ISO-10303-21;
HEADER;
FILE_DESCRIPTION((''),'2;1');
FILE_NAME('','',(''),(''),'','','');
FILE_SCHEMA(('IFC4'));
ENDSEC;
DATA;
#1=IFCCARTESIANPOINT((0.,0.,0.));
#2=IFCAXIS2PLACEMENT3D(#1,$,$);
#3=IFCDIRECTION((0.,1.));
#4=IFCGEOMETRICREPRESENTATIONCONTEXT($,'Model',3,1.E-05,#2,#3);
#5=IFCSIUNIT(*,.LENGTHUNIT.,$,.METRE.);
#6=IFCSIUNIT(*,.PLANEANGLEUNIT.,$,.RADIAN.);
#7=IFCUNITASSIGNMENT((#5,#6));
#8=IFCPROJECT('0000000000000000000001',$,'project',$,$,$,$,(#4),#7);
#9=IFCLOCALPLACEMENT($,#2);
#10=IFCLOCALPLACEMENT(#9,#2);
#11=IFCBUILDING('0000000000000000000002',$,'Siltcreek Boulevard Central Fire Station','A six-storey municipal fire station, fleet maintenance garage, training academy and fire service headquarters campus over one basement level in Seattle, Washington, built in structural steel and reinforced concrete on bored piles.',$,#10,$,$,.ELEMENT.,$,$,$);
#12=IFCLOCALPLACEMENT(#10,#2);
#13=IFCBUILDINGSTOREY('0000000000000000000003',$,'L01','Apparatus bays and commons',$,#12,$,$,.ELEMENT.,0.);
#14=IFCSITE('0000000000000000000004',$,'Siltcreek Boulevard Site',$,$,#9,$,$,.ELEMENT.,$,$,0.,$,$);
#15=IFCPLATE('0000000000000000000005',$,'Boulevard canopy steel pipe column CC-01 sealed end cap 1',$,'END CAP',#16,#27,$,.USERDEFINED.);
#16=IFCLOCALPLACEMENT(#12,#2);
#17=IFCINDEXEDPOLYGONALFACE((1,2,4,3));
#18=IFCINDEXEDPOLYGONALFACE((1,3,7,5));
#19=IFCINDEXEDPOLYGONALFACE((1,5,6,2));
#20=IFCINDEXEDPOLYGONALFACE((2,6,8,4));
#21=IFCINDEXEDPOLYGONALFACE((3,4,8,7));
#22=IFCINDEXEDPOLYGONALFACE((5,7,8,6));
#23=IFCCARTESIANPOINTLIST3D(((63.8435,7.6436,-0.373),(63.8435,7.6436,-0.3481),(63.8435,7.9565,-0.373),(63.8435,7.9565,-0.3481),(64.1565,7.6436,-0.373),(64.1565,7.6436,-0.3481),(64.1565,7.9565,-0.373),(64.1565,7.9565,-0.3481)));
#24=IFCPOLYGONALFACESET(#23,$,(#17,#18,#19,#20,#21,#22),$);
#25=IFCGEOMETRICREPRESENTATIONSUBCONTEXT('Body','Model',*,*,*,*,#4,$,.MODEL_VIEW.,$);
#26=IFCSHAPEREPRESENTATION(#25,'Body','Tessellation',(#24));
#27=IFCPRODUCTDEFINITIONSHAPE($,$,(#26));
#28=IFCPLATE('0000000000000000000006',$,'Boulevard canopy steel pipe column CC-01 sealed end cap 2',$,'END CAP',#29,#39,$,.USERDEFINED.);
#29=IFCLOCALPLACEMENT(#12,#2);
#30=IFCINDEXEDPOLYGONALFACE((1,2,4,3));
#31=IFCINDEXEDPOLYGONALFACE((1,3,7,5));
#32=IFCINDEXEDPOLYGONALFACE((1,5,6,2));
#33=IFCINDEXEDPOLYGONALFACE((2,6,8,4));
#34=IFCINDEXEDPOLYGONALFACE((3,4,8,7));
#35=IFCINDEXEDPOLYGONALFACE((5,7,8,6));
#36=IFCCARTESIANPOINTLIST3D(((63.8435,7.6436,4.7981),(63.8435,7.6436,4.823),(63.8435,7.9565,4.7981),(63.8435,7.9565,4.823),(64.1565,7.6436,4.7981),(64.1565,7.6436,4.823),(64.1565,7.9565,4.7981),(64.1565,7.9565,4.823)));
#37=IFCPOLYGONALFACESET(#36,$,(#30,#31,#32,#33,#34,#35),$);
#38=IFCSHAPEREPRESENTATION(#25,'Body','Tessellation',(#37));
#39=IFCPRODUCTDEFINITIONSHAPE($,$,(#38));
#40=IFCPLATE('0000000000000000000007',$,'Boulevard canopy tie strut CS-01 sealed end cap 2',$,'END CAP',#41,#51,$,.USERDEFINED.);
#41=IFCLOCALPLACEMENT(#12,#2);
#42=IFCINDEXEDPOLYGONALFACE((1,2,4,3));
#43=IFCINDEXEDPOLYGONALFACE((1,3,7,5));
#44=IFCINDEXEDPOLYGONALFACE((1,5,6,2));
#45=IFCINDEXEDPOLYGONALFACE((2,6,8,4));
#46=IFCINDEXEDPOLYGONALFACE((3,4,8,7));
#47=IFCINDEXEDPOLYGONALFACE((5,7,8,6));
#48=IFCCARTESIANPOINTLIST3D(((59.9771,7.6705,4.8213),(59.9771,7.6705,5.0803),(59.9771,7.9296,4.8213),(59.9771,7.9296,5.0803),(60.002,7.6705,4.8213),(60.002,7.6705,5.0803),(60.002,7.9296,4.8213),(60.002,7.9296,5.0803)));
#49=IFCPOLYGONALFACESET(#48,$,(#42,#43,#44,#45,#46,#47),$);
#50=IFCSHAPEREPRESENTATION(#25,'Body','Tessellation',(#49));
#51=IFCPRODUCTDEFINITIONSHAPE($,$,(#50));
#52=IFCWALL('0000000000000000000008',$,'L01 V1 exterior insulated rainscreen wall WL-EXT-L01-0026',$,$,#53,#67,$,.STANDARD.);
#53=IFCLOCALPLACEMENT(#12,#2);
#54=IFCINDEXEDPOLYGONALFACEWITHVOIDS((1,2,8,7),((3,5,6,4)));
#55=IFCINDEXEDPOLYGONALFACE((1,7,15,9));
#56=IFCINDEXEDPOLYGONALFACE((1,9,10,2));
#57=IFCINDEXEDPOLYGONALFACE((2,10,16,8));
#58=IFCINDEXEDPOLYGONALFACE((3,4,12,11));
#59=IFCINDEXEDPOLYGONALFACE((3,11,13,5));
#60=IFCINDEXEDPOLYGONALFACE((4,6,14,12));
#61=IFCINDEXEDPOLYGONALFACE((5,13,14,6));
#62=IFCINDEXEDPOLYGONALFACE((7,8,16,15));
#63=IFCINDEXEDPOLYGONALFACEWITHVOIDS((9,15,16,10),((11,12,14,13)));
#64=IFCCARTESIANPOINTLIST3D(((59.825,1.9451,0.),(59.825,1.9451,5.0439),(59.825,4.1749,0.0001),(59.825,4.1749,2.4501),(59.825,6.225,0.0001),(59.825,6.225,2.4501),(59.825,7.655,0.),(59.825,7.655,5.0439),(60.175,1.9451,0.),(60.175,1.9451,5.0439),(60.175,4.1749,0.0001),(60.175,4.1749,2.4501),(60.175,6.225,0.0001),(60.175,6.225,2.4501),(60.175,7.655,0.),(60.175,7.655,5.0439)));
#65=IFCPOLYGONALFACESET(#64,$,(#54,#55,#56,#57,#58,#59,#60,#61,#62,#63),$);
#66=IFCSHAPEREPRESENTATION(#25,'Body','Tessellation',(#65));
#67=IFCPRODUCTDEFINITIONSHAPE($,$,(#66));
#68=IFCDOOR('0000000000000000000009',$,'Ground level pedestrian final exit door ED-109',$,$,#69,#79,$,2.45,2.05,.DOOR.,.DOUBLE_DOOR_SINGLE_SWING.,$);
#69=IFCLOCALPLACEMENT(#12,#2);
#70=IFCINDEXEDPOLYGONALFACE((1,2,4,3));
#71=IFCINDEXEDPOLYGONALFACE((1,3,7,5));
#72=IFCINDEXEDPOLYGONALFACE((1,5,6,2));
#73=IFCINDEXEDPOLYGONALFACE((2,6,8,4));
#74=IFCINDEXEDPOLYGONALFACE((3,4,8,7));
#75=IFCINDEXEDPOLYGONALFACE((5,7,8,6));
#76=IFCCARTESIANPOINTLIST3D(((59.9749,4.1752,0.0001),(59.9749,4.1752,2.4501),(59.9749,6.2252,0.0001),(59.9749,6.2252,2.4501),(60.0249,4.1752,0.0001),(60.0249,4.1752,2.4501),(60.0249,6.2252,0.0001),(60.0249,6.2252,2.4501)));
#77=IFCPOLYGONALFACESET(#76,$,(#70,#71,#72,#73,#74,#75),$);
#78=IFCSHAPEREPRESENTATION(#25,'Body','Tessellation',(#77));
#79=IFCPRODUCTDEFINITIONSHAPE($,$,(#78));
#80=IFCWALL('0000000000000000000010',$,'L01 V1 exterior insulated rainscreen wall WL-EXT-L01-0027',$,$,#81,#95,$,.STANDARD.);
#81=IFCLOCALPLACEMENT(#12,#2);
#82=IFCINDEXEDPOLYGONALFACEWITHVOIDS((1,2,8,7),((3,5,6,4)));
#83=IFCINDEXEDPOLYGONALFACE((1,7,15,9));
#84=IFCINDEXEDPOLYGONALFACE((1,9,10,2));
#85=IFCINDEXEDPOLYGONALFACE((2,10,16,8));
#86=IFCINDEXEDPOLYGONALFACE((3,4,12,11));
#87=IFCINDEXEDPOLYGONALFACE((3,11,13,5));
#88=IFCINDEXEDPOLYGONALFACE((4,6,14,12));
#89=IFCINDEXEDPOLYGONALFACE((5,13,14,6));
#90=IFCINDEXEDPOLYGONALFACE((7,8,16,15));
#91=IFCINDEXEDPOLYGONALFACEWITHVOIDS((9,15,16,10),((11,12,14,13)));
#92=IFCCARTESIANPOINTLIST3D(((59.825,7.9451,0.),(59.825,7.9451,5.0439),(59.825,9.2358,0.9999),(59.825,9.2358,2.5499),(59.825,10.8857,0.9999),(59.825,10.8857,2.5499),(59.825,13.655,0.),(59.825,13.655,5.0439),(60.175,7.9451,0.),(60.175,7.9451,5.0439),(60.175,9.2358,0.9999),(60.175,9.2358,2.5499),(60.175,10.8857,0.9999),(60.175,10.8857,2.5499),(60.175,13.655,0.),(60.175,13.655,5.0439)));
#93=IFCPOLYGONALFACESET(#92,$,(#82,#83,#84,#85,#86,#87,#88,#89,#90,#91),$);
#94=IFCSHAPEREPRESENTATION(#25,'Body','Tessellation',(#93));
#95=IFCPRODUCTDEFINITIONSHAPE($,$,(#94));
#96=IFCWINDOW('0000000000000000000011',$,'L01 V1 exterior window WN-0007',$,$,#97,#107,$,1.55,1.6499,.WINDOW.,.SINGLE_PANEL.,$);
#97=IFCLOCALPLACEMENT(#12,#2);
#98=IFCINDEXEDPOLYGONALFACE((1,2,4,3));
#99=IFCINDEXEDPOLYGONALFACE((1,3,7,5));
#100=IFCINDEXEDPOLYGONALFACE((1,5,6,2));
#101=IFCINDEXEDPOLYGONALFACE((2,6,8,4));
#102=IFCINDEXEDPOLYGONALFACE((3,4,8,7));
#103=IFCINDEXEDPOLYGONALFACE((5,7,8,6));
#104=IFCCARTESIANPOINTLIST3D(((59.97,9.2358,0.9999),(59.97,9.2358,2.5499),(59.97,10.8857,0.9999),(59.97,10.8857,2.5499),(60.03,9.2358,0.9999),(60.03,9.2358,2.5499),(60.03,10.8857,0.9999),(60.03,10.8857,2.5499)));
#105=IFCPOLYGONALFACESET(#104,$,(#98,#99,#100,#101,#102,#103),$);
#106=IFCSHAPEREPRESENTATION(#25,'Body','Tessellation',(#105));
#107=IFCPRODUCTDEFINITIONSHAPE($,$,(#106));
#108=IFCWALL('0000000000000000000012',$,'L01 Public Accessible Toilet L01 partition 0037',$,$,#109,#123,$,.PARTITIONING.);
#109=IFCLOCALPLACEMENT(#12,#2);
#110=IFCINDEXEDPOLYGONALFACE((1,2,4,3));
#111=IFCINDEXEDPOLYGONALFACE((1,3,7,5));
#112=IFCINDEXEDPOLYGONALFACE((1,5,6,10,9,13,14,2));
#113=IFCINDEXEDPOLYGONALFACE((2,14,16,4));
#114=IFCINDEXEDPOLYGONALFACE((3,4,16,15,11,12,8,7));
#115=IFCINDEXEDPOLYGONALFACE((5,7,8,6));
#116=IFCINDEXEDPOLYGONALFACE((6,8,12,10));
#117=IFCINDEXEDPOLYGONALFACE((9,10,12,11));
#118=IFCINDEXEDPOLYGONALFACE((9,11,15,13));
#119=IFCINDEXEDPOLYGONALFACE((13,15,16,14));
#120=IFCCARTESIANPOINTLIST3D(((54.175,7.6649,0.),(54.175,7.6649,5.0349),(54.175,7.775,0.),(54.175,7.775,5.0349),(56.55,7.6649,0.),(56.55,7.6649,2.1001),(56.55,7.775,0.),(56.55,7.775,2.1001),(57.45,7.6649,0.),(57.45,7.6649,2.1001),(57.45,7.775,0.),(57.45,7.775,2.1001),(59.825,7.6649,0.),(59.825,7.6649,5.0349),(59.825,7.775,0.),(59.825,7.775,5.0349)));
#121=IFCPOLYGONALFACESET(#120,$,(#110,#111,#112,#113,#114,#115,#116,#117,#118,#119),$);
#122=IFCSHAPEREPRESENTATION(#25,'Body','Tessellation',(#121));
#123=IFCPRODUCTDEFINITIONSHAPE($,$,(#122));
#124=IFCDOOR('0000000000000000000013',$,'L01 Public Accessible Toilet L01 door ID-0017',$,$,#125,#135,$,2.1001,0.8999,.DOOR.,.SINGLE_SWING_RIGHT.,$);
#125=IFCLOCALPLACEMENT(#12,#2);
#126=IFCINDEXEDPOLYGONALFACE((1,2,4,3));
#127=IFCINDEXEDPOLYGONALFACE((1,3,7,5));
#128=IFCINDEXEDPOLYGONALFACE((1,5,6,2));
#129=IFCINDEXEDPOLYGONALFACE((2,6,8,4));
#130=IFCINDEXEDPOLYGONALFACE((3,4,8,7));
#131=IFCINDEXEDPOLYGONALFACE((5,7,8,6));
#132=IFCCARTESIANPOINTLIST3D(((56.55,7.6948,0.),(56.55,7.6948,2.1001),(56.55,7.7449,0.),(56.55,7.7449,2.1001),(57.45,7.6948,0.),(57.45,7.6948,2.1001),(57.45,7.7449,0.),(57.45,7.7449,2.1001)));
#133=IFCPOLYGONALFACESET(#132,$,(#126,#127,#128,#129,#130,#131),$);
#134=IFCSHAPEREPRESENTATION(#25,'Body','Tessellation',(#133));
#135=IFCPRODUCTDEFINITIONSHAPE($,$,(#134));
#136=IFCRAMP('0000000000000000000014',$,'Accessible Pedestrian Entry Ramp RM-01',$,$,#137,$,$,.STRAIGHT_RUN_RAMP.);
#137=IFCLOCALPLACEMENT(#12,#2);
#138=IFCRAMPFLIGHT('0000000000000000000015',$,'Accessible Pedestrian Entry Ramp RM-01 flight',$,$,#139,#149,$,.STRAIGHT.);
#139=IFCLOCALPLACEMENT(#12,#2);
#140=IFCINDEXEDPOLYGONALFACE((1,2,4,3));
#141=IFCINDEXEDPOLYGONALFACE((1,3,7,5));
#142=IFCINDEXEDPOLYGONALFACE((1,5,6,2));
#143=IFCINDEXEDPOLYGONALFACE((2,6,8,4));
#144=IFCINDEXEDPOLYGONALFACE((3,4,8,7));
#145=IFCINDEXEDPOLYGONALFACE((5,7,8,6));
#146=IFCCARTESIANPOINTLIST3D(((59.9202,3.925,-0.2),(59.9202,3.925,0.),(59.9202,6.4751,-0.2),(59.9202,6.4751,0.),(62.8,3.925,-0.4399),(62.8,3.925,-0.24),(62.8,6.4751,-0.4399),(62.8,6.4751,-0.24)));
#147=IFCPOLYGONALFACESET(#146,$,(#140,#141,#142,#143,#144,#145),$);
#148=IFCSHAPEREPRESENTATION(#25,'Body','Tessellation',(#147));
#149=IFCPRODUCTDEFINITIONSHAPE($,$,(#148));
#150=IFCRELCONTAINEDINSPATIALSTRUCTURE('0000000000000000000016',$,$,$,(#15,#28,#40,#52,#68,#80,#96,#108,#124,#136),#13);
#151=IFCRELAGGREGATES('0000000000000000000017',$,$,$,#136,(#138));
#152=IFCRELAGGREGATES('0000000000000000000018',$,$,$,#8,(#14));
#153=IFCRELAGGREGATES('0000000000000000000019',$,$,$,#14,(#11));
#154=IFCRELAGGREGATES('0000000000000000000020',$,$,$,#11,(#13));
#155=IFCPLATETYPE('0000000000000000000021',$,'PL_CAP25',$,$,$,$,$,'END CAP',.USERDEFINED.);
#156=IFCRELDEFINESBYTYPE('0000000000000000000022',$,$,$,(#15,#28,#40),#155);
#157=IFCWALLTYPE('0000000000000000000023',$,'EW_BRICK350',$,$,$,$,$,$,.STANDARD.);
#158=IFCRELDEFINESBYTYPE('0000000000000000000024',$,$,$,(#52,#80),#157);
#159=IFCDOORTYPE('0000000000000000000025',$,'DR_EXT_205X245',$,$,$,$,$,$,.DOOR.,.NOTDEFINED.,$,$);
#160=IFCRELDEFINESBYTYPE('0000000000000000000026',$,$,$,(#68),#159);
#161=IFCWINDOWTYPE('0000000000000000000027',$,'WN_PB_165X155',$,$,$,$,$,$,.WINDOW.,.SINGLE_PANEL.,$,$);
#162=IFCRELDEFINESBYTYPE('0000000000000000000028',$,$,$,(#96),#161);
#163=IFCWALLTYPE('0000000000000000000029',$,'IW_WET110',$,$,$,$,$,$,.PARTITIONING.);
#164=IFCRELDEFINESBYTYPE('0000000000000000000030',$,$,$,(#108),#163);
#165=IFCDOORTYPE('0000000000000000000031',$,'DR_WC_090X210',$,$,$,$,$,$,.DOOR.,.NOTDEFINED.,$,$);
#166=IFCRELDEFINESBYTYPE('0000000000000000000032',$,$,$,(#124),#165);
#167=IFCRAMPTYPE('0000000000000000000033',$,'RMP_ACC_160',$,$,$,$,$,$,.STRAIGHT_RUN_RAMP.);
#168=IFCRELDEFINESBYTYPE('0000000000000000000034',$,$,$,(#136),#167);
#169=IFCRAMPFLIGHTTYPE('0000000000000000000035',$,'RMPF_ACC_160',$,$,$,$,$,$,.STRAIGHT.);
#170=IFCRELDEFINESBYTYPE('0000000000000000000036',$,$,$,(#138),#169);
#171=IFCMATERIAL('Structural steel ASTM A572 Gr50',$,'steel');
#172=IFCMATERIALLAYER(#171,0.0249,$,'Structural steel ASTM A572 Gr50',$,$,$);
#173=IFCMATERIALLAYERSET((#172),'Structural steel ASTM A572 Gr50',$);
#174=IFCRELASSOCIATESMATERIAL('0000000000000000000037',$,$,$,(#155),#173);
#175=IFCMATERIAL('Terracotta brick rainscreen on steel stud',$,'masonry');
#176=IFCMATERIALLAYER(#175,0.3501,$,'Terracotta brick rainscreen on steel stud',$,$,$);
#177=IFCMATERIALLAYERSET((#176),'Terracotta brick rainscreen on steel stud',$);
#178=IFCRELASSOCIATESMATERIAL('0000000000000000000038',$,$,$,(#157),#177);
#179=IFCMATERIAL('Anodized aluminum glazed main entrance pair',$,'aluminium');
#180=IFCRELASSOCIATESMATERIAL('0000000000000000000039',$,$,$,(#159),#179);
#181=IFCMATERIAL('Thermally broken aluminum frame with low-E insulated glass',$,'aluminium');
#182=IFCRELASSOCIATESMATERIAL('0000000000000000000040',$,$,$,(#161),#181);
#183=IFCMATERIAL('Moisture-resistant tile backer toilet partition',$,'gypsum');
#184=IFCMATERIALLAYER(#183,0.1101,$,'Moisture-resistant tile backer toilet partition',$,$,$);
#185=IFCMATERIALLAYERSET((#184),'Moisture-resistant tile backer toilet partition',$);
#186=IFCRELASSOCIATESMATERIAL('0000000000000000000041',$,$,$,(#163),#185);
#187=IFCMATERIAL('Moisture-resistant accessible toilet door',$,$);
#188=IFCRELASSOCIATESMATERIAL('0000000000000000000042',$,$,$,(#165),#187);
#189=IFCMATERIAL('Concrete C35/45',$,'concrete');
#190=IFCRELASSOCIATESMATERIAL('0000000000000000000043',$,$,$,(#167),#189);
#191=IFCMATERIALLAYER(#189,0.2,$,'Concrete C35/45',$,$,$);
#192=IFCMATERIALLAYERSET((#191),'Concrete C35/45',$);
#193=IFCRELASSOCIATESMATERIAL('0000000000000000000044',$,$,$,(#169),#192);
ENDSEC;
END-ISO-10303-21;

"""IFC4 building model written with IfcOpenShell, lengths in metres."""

from ifc_helpers import new_model, si_unit, direction, frame, frame_2d, origin, origin_2d, place, context, subcontext, project, spatial, polyline, rectangle, outline, extrude, material, layer, layer_set, type_object, element, fill, aggregate, save


model = new_model("IFC4")

# Units and contexts
model_context = context("Model", 3, precision=1e-05, world=origin(), true_north=direction((0.0, 1.0)))
body_context = subcontext(model_context, "Body", "Model", "MODEL_VIEW")
ifc_project = project(units=[si_unit("LENGTHUNIT", "METRE"), si_unit("PLANEANGLEUNIT", "RADIAN")], contexts=[model_context])

# Site, building, storey
site_placement = place(None, origin())
site = spatial("IfcSite", under=ifc_project, at=site_placement, Name="Siltcreek Boulevard Site", CompositionType="ELEMENT", RefElevation=0.0)
building_placement = place(site_placement, origin())
building = spatial("IfcBuilding", under=site, at=building_placement, Name="Siltcreek Boulevard Central Fire Station", Description="A six-storey municipal fire station, fleet maintenance garage, training academy and fire service headquarters campus over one basement level in Seattle, Washington, built in structural steel and reinforced concrete on bored piles.", CompositionType="ELEMENT")
storey_placement = place(building_placement, origin())
storey = spatial("IfcBuildingStorey", under=building, at=storey_placement, Name="L01", Description="Apparatus bays and commons", CompositionType="ELEMENT", Elevation=0.0)

# Shared definitions
ifc_material_1 = material(Name="Concrete C35/45", Category="concrete")

# Plates
ifc_material_2 = material(Name="Structural steel ASTM A572 Gr50", Category="steel")
ifc_layer_1 = layer(ifc_material_2, 0.0249, Name="Structural steel ASTM A572 Gr50")
ifc_layer_set_1 = layer_set([ifc_layer_1], Name="Structural steel ASTM A572 Gr50")
plate_type = type_object("IfcPlateType", Name="PL_CAP25", ElementType="END CAP", PredefinedType="USERDEFINED", material=ifc_layer_set_1)
for number, where, z_axis, x_axis, name in (
    (1, (64.0, 7.8, -0.373), (0.0, 0.0, 1.0), (1.0, 0.0, 0.0), "Boulevard canopy steel pipe column CC-01 sealed end cap 1"),
    (2, (64.0, 7.8, 4.7981), (0.0, 0.0, 1.0), (1.0, 0.0, 0.0), "Boulevard canopy steel pipe column CC-01 sealed end cap 2"),
):
    element("IfcPlate", number, at=place(storey_placement, frame(where, z_axis=z_axis, x_axis=x_axis)), inside=storey, type_object=plate_type, Name=name, ObjectType="END CAP", PredefinedType="USERDEFINED", context=body_context, shape_type="SweptSolid", body=[
        extrude(rectangle(XDim=0.313, YDim=0.313, at=origin_2d()), origin(), (0.0, 0.0, 1.0), 0.0249),
    ])
plate_placement = place(storey_placement, frame((59.9895, 7.8, 4.8213), z_axis=(0.0, 0.0, 1.0), x_axis=(-1.0, 0.0, 0.0)))
element("IfcPlate", 3, at=plate_placement, inside=storey, type_object=plate_type, Name="Boulevard canopy tie strut CS-01 sealed end cap 2", ObjectType="END CAP", PredefinedType="USERDEFINED", context=body_context, shape_type="SweptSolid", body=[
    extrude(rectangle(XDim=0.0249, YDim=0.259, at=origin_2d()), origin(), (0.0, 0.0, 1.0), 0.259),
])

# Wall, opening, door
ifc_material_3 = material(Name="Terracotta brick rainscreen on steel stud", Category="masonry")
ifc_layer_2 = layer(ifc_material_3, 0.3501, Name="Terracotta brick rainscreen on steel stud")
ifc_layer_set_2 = layer_set([ifc_layer_2], Name="Terracotta brick rainscreen on steel stud")
wall_type_1 = type_object("IfcWallType", Name="EW_BRICK350", PredefinedType="STANDARD", material=ifc_layer_set_2)
wall_1_placement = place(storey_placement, frame((60.0, 1.9451, 0.0), z_axis=(0.0, 0.0, 1.0), x_axis=(0.0, 1.0, 0.0)))
wall_1 = element("IfcWall", 4, at=wall_1_placement, inside=storey, type_object=wall_type_1, Name="L01 V1 exterior insulated rainscreen wall WL-EXT-L01-0026", PredefinedType="STANDARD", context=body_context, shape_type="SweptSolid", body=[
    extrude(rectangle(XDim=5.71, YDim=0.3501, at=frame_2d((2.855, 0.0))), origin(), (0.0, 0.0, 1.0), 5.0439),
])
opening_1_placement = place(wall_1_placement, frame((2.23, 0.0, 0.0)))
opening_1 = element("IfcOpeningElement", 5, at=opening_1_placement, cuts=wall_1, PredefinedType="OPENING", context=body_context, shape_type="SweptSolid", body=[
    extrude(rectangle(XDim=2.05, YDim=2.45, at=frame_2d((1.0249, 1.2251))), frame((0.0, 0.1851, 0.0), z_axis=(0.0, -1.0, 0.0), x_axis=(1.0, 0.0, 0.0)), (0.0, 0.0, 1.0), 0.3701),
])
ifc_material_4 = material(Name="Anodized aluminum glazed main entrance pair", Category="aluminium")
door_type_1 = type_object("IfcDoorType", Name="DR_EXT_205X245", OperationType="NOTDEFINED", PredefinedType="DOOR", material=ifc_material_4)
door_1_placement = place(opening_1_placement, frame((2.05, 0.0, 0.0), z_axis=(0.0, 0.0, 1.0), x_axis=(-1.0, 0.0, 0.0)))
door_1 = element("IfcDoor", 6, at=door_1_placement, inside=storey, type_object=door_type_1, Name="Ground level pedestrian final exit door ED-109", OperationType="DOUBLE_DOOR_SINGLE_SWING", OverallHeight=2.45, OverallWidth=2.05, PredefinedType="DOOR", context=body_context, shape_type="SweptSolid", body=[
    extrude(rectangle(XDim=2.05, YDim=2.45, at=frame_2d((1.0249, 1.2251))), frame((0.0, 0.0249, 0.0), z_axis=(0.0, -1.0, 0.0), x_axis=(1.0, 0.0, 0.0)), (0.0, 0.0, 1.0), 0.05),
])
fill(opening_1, door_1)

# Wall, opening, window
wall_2_placement = place(storey_placement, frame((60.0, 7.9451, 0.0), z_axis=(0.0, 0.0, 1.0), x_axis=(0.0, 1.0, 0.0)))
wall_2 = element("IfcWall", 7, at=wall_2_placement, inside=storey, type_object=wall_type_1, Name="L01 V1 exterior insulated rainscreen wall WL-EXT-L01-0027", PredefinedType="STANDARD", context=body_context, shape_type="SweptSolid", body=[
    extrude(rectangle(XDim=5.71, YDim=0.3501, at=frame_2d((2.855, 0.0))), origin(), (0.0, 0.0, 1.0), 5.0439),
])
opening_2_placement = place(wall_2_placement, frame((1.2908, 0.0, 1.0)))
opening_2 = element("IfcOpeningElement", 8, at=opening_2_placement, cuts=wall_2, PredefinedType="OPENING", context=body_context, shape_type="SweptSolid", body=[
    extrude(rectangle(XDim=1.6499, YDim=1.55, at=frame_2d((0.825, 0.7749))), frame((0.0, 0.1851, 0.0), z_axis=(0.0, -1.0, 0.0), x_axis=(1.0, 0.0, 0.0)), (0.0, 0.0, 1.0), 0.3701),
])
ifc_material_5 = material(Name="Thermally broken aluminum frame with low-E insulated glass", Category="aluminium")
window_type = type_object("IfcWindowType", Name="WN_PB_165X155", PartitioningType="SINGLE_PANEL", PredefinedType="WINDOW", material=ifc_material_5)
window_placement = place(opening_2_placement, origin())
window = element("IfcWindow", 9, at=window_placement, inside=storey, type_object=window_type, Name="L01 V1 exterior window WN-0007", OverallHeight=1.55, OverallWidth=1.6499, PartitioningType="SINGLE_PANEL", PredefinedType="WINDOW", context=body_context, shape_type="SweptSolid", body=[
    extrude(rectangle(XDim=1.6499, YDim=1.55, at=frame_2d((0.825, 0.7749))), frame((0.0, 0.03, 0.0), z_axis=(0.0, -1.0, 0.0), x_axis=(1.0, 0.0, 0.0)), (0.0, 0.0, 1.0), 0.0601),
])
fill(opening_2, window)

# Wall, opening, door
ifc_material_6 = material(Name="Moisture-resistant tile backer toilet partition", Category="gypsum")
ifc_layer_3 = layer(ifc_material_6, 0.1101, Name="Moisture-resistant tile backer toilet partition")
ifc_layer_set_3 = layer_set([ifc_layer_3], Name="Moisture-resistant tile backer toilet partition")
wall_type_2 = type_object("IfcWallType", Name="IW_WET110", PredefinedType="PARTITIONING", material=ifc_layer_set_3)
wall_3_placement = place(storey_placement, frame((59.825, 7.72, 0.0), z_axis=(0.0, 0.0, 1.0), x_axis=(-1.0, 0.0, 0.0)))
wall_3 = element("IfcWall", 10, at=wall_3_placement, inside=storey, type_object=wall_type_2, Name="L01 Public Accessible Toilet L01 partition 0037", PredefinedType="PARTITIONING", context=body_context, shape_type="SweptSolid", body=[
    extrude(rectangle(XDim=5.6499, YDim=0.1101, at=frame_2d((2.825, 0.0))), origin(), (0.0, 0.0, 1.0), 5.0349),
])
opening_3_placement = place(wall_3_placement, frame((2.375, 0.0, 0.0)))
opening_3 = element("IfcOpeningElement", 11, at=opening_3_placement, cuts=wall_3, PredefinedType="OPENING", context=body_context, shape_type="SweptSolid", body=[
    extrude(rectangle(XDim=0.8999, YDim=2.1001, at=frame_2d((0.45, 1.05))), frame((0.0, 0.0649, 0.0), z_axis=(0.0, -1.0, 0.0), x_axis=(1.0, 0.0, 0.0)), (0.0, 0.0, 1.0), 0.1301),
])
ifc_material_7 = material(Name="Moisture-resistant accessible toilet door")
door_type_2 = type_object("IfcDoorType", Name="DR_WC_090X210", OperationType="NOTDEFINED", PredefinedType="DOOR", material=ifc_material_7)
door_2_placement = place(opening_3_placement, frame((0.8999, 0.0, 0.0), z_axis=(0.0, 0.0, 1.0), x_axis=(-1.0, 0.0, 0.0)))
door_2 = element("IfcDoor", 12, at=door_2_placement, inside=storey, type_object=door_type_2, Name="L01 Public Accessible Toilet L01 door ID-0017", OperationType="SINGLE_SWING_RIGHT", OverallHeight=2.1001, OverallWidth=0.8999, PredefinedType="DOOR", context=body_context, shape_type="SweptSolid", body=[
    extrude(rectangle(XDim=0.8999, YDim=2.1001, at=frame_2d((0.45, 1.05))), frame((0.0, 0.0249, 0.0), z_axis=(0.0, -1.0, 0.0), x_axis=(1.0, 0.0, 0.0)), (0.0, 0.0, 1.0), 0.05),
])
fill(opening_3, door_2)

# Ramp, ramp flight
ramp_type = type_object("IfcRampType", Name="RMP_ACC_160", PredefinedType="STRAIGHT_RUN_RAMP", material=ifc_material_1)
ramp_placement = place(storey_placement, origin())
ramp = element("IfcRamp", 13, at=ramp_placement, inside=storey, type_object=ramp_type, Name="Accessible Pedestrian Entry Ramp RM-01", PredefinedType="STRAIGHT_RUN_RAMP")
ifc_layer_4 = layer(ifc_material_1, 0.2, Name="Concrete C35/45")
ifc_layer_set_4 = layer_set([ifc_layer_4], Name="Concrete C35/45")
ramp_flight_type = type_object("IfcRampFlightType", Name="RMPF_ACC_160", PredefinedType="STRAIGHT", material=ifc_layer_set_4)
ramp_flight_placement = place(storey_placement, frame((62.8, 5.2, -0.24), z_axis=(0.0, 0.0, 1.0), x_axis=(-1.0, 0.0, 0.0)))
ramp_flight = element("IfcRampFlight", 14, at=ramp_flight_placement, type_object=ramp_flight_type, Name="Accessible Pedestrian Entry Ramp RM-01 flight", PredefinedType="STRAIGHT", context=body_context, shape_type="SweptSolid", body=[
    extrude(outline(polyline([(0.0, 0.0), (0.0, -0.2), (2.8799, 0.04), (2.8799, 0.24), (0.0, 0.0)])), frame((0.0, 1.2749, 0.0), z_axis=(0.0, -1.0, 0.0), x_axis=(1.0, 0.0, 0.0)), (0.0, 0.0, 1.0), 2.55),
])
aggregate(ramp, [ramp_flight])

save(model, "model.ifc")
